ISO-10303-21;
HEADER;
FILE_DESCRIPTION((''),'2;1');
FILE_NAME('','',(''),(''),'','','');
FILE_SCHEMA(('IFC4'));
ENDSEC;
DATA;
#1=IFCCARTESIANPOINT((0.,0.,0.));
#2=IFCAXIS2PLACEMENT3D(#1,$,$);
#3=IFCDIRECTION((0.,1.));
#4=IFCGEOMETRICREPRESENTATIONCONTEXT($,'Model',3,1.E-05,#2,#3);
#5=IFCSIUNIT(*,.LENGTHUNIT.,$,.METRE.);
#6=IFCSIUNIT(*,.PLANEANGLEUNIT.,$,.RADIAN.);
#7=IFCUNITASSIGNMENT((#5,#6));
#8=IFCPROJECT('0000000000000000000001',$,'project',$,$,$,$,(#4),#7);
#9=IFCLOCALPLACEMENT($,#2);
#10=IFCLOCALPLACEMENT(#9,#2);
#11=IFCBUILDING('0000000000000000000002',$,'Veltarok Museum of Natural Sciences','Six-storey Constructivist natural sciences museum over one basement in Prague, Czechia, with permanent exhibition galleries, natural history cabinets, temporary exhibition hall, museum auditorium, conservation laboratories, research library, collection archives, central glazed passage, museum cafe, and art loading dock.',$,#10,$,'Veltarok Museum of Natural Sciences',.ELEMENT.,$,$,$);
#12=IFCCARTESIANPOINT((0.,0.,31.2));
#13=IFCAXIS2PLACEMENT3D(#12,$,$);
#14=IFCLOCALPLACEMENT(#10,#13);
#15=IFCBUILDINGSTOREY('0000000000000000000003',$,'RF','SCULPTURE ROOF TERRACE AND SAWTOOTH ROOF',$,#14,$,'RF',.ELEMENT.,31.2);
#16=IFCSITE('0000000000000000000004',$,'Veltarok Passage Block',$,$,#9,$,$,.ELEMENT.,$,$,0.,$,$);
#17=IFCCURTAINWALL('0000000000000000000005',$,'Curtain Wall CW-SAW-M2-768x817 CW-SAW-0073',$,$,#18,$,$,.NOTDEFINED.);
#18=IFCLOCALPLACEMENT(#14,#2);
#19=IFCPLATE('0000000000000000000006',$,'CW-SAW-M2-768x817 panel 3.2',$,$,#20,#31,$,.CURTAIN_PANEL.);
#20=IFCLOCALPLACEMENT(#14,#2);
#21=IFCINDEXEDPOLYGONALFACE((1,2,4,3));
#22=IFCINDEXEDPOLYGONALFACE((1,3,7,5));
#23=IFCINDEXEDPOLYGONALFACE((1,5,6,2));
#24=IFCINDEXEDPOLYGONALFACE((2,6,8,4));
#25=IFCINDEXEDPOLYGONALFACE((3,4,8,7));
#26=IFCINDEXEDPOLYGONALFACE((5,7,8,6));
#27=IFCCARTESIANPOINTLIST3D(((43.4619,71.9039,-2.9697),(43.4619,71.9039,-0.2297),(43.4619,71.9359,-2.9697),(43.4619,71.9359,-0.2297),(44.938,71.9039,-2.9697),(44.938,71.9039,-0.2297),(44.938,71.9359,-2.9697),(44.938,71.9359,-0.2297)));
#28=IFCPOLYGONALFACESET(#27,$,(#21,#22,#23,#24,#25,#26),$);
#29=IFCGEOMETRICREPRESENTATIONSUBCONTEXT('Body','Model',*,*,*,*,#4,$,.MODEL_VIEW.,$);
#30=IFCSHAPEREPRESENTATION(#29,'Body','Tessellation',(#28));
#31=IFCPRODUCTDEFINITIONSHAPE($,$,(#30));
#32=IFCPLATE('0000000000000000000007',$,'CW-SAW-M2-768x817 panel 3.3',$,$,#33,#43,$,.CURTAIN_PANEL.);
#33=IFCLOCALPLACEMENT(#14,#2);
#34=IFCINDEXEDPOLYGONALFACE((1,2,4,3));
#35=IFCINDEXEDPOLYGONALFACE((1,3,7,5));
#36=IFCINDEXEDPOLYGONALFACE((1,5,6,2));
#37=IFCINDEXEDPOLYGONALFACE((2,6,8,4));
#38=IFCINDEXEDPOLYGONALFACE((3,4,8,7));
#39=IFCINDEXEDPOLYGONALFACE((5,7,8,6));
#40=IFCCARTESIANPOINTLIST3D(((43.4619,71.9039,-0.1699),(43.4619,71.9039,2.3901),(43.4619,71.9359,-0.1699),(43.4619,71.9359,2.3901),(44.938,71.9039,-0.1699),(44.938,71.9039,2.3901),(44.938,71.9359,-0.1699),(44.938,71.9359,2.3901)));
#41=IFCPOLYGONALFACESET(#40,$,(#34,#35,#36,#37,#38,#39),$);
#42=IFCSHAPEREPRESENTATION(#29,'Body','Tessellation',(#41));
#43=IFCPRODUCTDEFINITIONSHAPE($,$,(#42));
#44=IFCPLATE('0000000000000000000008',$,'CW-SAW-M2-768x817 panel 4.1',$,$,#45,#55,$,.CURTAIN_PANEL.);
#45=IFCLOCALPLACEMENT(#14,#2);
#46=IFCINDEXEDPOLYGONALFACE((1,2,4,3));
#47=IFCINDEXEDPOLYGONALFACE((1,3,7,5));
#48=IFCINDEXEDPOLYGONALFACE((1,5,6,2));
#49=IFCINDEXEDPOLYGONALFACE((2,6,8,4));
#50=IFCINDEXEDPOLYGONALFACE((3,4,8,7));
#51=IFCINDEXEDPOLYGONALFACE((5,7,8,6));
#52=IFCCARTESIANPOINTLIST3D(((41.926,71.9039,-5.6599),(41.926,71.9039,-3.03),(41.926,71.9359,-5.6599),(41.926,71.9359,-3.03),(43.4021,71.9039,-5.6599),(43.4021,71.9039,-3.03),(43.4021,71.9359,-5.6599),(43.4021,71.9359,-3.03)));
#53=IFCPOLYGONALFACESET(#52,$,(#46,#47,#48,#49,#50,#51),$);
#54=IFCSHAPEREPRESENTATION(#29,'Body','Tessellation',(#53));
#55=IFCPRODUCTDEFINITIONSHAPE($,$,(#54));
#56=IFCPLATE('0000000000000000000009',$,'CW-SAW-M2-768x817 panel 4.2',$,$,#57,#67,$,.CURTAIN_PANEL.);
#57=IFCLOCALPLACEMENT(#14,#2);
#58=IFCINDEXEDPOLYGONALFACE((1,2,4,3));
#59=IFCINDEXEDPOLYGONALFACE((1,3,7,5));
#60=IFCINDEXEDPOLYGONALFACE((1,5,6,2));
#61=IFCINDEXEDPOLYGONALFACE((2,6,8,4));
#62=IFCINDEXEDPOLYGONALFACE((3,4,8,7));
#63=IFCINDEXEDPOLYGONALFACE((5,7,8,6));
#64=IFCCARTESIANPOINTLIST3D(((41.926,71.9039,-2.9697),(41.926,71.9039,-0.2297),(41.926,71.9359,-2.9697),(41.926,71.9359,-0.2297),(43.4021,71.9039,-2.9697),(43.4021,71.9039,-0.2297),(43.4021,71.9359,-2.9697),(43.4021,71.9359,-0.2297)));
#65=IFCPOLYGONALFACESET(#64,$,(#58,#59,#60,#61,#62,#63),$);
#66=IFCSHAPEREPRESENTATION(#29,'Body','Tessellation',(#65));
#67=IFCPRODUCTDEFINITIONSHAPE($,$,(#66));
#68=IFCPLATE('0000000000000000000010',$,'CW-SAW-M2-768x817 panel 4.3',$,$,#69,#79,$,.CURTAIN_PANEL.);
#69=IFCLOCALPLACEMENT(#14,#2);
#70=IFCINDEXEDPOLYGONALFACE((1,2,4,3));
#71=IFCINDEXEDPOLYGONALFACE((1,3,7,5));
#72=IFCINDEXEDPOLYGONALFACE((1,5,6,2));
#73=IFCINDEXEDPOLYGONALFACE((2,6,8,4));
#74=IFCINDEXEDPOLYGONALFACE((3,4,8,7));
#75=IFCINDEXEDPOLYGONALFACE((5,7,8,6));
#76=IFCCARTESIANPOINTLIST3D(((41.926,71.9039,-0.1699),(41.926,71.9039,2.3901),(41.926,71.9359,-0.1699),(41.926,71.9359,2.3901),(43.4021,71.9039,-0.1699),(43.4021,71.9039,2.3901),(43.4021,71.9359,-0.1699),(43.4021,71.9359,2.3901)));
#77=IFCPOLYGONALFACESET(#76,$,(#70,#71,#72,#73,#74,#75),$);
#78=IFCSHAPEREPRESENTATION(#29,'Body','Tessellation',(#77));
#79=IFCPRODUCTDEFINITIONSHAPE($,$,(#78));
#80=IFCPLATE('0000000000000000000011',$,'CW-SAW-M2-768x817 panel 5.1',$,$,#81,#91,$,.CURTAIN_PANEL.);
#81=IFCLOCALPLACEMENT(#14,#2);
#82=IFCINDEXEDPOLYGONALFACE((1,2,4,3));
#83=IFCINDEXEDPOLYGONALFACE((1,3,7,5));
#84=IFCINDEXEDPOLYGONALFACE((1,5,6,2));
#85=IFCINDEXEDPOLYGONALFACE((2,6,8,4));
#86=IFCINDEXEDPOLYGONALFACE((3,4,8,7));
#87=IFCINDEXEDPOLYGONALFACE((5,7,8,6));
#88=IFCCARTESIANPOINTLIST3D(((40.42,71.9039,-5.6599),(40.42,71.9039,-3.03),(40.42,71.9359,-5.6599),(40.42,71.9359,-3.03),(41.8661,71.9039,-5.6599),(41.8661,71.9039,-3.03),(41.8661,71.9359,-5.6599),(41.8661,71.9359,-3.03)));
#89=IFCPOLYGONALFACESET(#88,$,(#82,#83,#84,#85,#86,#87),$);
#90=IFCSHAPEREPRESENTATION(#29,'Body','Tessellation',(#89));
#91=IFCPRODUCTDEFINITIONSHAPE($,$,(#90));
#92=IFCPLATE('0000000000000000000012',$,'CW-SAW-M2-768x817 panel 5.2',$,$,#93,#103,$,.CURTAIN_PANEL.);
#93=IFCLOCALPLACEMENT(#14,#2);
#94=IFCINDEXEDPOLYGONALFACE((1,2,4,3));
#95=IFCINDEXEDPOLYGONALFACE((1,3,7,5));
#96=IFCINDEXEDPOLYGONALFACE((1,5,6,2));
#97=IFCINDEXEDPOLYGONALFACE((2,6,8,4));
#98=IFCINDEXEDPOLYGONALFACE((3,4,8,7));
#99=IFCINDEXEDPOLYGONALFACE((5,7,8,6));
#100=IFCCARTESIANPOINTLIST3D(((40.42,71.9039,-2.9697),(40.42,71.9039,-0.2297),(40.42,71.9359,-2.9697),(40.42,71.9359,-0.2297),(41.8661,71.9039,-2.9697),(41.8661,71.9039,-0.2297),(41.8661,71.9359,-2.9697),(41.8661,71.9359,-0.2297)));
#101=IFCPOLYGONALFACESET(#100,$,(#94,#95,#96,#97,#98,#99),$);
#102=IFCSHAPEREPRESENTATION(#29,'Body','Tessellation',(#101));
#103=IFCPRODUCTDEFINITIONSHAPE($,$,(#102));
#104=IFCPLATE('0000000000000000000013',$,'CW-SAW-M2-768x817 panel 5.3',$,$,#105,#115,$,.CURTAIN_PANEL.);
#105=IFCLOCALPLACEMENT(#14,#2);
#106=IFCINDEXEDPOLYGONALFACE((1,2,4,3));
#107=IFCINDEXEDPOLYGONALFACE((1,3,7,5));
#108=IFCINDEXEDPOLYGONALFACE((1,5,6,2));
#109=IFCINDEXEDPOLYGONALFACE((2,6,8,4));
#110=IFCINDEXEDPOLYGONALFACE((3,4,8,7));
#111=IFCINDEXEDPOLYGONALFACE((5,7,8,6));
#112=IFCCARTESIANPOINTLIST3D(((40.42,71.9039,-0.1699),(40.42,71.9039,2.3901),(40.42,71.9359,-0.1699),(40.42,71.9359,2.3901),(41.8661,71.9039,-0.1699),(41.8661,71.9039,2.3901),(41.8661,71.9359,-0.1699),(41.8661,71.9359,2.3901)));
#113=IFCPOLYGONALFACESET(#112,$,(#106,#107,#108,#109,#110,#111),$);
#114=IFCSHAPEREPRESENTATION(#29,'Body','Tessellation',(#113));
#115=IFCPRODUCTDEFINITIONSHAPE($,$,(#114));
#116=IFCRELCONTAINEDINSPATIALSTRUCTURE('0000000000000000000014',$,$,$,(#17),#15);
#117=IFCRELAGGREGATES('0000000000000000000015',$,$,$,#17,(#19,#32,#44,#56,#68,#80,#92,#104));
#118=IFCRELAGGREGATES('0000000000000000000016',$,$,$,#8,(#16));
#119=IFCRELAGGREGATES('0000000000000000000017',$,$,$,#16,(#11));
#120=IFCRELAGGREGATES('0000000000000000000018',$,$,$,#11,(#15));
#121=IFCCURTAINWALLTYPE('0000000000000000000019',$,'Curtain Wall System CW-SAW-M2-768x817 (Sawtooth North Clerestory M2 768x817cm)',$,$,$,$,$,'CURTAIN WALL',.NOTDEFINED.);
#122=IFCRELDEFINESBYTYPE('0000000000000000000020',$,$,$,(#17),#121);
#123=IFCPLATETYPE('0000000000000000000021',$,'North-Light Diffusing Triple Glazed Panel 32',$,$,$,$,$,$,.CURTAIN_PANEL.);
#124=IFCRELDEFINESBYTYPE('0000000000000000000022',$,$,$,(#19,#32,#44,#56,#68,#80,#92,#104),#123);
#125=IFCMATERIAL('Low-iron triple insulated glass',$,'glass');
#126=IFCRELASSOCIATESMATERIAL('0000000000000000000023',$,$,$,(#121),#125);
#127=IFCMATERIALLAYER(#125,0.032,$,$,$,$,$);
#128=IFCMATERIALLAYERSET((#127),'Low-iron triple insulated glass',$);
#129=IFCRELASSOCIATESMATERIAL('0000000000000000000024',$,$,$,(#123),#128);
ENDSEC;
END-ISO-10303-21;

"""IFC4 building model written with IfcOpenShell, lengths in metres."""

from ifc_helpers import new_model, si_unit, direction, frame, origin, origin_2d, place, context, subcontext, project, spatial, rectangle, extrude, material, layer, layer_set, type_object, element, aggregate, save


model = new_model("IFC4")

# Units and contexts
model_context = context("Model", 3, precision=1e-05, world=origin(), true_north=direction((0.0, 1.0)))
body_context = subcontext(model_context, "Body", "Model", "MODEL_VIEW")
ifc_project = project(units=[si_unit("LENGTHUNIT", "METRE"), si_unit("PLANEANGLEUNIT", "RADIAN")], contexts=[model_context])

# Site, building, storey
site_placement = place(None, origin())
site = spatial("IfcSite", under=ifc_project, at=site_placement, Name="Veltarok Passage Block", CompositionType="ELEMENT", RefElevation=0.0)
building_placement = place(site_placement, origin())
building = spatial("IfcBuilding", under=site, at=building_placement, Name="Veltarok Museum of Natural Sciences", Description="Six-storey Constructivist natural sciences museum over one basement in Prague, Czechia, with permanent exhibition galleries, natural history cabinets, temporary exhibition hall, museum auditorium, conservation laboratories, research library, collection archives, central glazed passage, museum cafe, and art loading dock.", LongName="Veltarok Museum of Natural Sciences", CompositionType="ELEMENT")
storey_placement = place(building_placement, frame((0.0, 0.0, 31.2)))
storey = spatial("IfcBuildingStorey", under=building, at=storey_placement, Name="RF", Description="SCULPTURE ROOF TERRACE AND SAWTOOTH ROOF", LongName="RF", CompositionType="ELEMENT", Elevation=31.2)

# Curtain wall
ifc_material_1 = material(Name="Low-iron triple insulated glass", Category="glass")
curtain_wall_type = type_object("IfcCurtainWallType", Name="Curtain Wall System CW-SAW-M2-768x817 (Sawtooth North Clerestory M2 768x817cm)", ElementType="CURTAIN WALL", PredefinedType="NOTDEFINED", material=ifc_material_1)
curtain_wall_placement = place(storey_placement, origin())
curtain_wall = element("IfcCurtainWall", 1, at=curtain_wall_placement, inside=storey, type_object=curtain_wall_type, Name="Curtain Wall CW-SAW-M2-768x817 CW-SAW-0073", PredefinedType="NOTDEFINED")

# Plates
ifc_layer_1 = layer(ifc_material_1, 0.032)
ifc_layer_set_1 = layer_set([ifc_layer_1], Name="Low-iron triple insulated glass")
plate_type_1 = type_object("IfcPlateType", Name="North-Light Diffusing Triple Glazed Panel 32", PredefinedType="CURTAIN_PANEL", material=ifc_layer_set_1)
plate_1_placement = place(storey_placement, frame((44.2, 71.9199, -2.9697), z_axis=(0.0, 0.0, 1.0), x_axis=(-1.0, 0.0, 0.0)))
plate_1 = element("IfcPlate", 2, at=plate_1_placement, type_object=plate_type_1, Name="CW-SAW-M2-768x817 panel 3.2", PredefinedType="CURTAIN_PANEL", context=body_context, shape_type="SweptSolid", body=[
    extrude(rectangle(XDim=1.4761, YDim=0.032, at=origin_2d()), origin(), (0.0, 0.0, 1.0), 2.74),
])
plate_2_placement = place(storey_placement, frame((44.2, 71.9199, -0.1699), z_axis=(0.0, 0.0, 1.0), x_axis=(-1.0, 0.0, 0.0)))
plate_2 = element("IfcPlate", 3, at=plate_2_placement, type_object=plate_type_1, Name="CW-SAW-M2-768x817 panel 3.3", PredefinedType="CURTAIN_PANEL", context=body_context, shape_type="SweptSolid", body=[
    extrude(rectangle(XDim=1.4761, YDim=0.032, at=origin_2d()), origin(), (0.0, 0.0, 1.0), 2.5601),
])
plate_3_placement = place(storey_placement, frame((42.6641, 71.9199, -5.6599), z_axis=(0.0, 0.0, 1.0), x_axis=(-1.0, 0.0, 0.0)))
plate_3 = element("IfcPlate", 4, at=plate_3_placement, type_object=plate_type_1, Name="CW-SAW-M2-768x817 panel 4.1", PredefinedType="CURTAIN_PANEL", context=body_context, shape_type="SweptSolid", body=[
    extrude(rectangle(XDim=1.4761, YDim=0.032, at=origin_2d()), origin(), (0.0, 0.0, 1.0), 2.6299),
])
plate_4_placement = place(storey_placement, frame((42.6641, 71.9199, -2.9697), z_axis=(0.0, 0.0, 1.0), x_axis=(-1.0, 0.0, 0.0)))
plate_4 = element("IfcPlate", 5, at=plate_4_placement, type_object=plate_type_1, Name="CW-SAW-M2-768x817 panel 4.2", PredefinedType="CURTAIN_PANEL", context=body_context, shape_type="SweptSolid", body=[
    extrude(rectangle(XDim=1.4761, YDim=0.032, at=origin_2d()), origin(), (0.0, 0.0, 1.0), 2.74),
])
plate_5_placement = place(storey_placement, frame((42.6641, 71.9199, -0.1699), z_axis=(0.0, 0.0, 1.0), x_axis=(-1.0, 0.0, 0.0)))
plate_5 = element("IfcPlate", 6, at=plate_5_placement, type_object=plate_type_1, Name="CW-SAW-M2-768x817 panel 4.3", PredefinedType="CURTAIN_PANEL", context=body_context, shape_type="SweptSolid", body=[
    extrude(rectangle(XDim=1.4761, YDim=0.032, at=origin_2d()), origin(), (0.0, 0.0, 1.0), 2.5601),
])
plate_6_placement = place(storey_placement, frame((41.1431, 71.9199, -5.6599), z_axis=(0.0, 0.0, 1.0), x_axis=(-1.0, 0.0, 0.0)))
plate_6 = element("IfcPlate", 7, at=plate_6_placement, type_object=plate_type_1, Name="CW-SAW-M2-768x817 panel 5.1", PredefinedType="CURTAIN_PANEL", context=body_context, shape_type="SweptSolid", body=[
    extrude(rectangle(XDim=1.446, YDim=0.032, at=origin_2d()), origin(), (0.0, 0.0, 1.0), 2.6299),
])
plate_7_placement = place(storey_placement, frame((41.1431, 71.9199, -2.9697), z_axis=(0.0, 0.0, 1.0), x_axis=(-1.0, 0.0, 0.0)))
plate_7 = element("IfcPlate", 8, at=plate_7_placement, type_object=plate_type_1, Name="CW-SAW-M2-768x817 panel 5.2", PredefinedType="CURTAIN_PANEL", context=body_context, shape_type="SweptSolid", body=[
    extrude(rectangle(XDim=1.446, YDim=0.032, at=origin_2d()), origin(), (0.0, 0.0, 1.0), 2.74),
])
plate_8_placement = place(storey_placement, frame((41.1431, 71.9199, -0.1699), z_axis=(0.0, 0.0, 1.0), x_axis=(-1.0, 0.0, 0.0)))
plate_8 = element("IfcPlate", 9, at=plate_8_placement, type_object=plate_type_1, Name="CW-SAW-M2-768x817 panel 5.3", PredefinedType="CURTAIN_PANEL", context=body_context, shape_type="SweptSolid", body=[
    extrude(rectangle(XDim=1.446, YDim=0.032, at=origin_2d()), origin(), (0.0, 0.0, 1.0), 2.5601),
])
aggregate(curtain_wall, [plate_1, plate_2, plate_3, plate_4, plate_5, plate_6, plate_7, plate_8])

save(model, "model.ifc")
